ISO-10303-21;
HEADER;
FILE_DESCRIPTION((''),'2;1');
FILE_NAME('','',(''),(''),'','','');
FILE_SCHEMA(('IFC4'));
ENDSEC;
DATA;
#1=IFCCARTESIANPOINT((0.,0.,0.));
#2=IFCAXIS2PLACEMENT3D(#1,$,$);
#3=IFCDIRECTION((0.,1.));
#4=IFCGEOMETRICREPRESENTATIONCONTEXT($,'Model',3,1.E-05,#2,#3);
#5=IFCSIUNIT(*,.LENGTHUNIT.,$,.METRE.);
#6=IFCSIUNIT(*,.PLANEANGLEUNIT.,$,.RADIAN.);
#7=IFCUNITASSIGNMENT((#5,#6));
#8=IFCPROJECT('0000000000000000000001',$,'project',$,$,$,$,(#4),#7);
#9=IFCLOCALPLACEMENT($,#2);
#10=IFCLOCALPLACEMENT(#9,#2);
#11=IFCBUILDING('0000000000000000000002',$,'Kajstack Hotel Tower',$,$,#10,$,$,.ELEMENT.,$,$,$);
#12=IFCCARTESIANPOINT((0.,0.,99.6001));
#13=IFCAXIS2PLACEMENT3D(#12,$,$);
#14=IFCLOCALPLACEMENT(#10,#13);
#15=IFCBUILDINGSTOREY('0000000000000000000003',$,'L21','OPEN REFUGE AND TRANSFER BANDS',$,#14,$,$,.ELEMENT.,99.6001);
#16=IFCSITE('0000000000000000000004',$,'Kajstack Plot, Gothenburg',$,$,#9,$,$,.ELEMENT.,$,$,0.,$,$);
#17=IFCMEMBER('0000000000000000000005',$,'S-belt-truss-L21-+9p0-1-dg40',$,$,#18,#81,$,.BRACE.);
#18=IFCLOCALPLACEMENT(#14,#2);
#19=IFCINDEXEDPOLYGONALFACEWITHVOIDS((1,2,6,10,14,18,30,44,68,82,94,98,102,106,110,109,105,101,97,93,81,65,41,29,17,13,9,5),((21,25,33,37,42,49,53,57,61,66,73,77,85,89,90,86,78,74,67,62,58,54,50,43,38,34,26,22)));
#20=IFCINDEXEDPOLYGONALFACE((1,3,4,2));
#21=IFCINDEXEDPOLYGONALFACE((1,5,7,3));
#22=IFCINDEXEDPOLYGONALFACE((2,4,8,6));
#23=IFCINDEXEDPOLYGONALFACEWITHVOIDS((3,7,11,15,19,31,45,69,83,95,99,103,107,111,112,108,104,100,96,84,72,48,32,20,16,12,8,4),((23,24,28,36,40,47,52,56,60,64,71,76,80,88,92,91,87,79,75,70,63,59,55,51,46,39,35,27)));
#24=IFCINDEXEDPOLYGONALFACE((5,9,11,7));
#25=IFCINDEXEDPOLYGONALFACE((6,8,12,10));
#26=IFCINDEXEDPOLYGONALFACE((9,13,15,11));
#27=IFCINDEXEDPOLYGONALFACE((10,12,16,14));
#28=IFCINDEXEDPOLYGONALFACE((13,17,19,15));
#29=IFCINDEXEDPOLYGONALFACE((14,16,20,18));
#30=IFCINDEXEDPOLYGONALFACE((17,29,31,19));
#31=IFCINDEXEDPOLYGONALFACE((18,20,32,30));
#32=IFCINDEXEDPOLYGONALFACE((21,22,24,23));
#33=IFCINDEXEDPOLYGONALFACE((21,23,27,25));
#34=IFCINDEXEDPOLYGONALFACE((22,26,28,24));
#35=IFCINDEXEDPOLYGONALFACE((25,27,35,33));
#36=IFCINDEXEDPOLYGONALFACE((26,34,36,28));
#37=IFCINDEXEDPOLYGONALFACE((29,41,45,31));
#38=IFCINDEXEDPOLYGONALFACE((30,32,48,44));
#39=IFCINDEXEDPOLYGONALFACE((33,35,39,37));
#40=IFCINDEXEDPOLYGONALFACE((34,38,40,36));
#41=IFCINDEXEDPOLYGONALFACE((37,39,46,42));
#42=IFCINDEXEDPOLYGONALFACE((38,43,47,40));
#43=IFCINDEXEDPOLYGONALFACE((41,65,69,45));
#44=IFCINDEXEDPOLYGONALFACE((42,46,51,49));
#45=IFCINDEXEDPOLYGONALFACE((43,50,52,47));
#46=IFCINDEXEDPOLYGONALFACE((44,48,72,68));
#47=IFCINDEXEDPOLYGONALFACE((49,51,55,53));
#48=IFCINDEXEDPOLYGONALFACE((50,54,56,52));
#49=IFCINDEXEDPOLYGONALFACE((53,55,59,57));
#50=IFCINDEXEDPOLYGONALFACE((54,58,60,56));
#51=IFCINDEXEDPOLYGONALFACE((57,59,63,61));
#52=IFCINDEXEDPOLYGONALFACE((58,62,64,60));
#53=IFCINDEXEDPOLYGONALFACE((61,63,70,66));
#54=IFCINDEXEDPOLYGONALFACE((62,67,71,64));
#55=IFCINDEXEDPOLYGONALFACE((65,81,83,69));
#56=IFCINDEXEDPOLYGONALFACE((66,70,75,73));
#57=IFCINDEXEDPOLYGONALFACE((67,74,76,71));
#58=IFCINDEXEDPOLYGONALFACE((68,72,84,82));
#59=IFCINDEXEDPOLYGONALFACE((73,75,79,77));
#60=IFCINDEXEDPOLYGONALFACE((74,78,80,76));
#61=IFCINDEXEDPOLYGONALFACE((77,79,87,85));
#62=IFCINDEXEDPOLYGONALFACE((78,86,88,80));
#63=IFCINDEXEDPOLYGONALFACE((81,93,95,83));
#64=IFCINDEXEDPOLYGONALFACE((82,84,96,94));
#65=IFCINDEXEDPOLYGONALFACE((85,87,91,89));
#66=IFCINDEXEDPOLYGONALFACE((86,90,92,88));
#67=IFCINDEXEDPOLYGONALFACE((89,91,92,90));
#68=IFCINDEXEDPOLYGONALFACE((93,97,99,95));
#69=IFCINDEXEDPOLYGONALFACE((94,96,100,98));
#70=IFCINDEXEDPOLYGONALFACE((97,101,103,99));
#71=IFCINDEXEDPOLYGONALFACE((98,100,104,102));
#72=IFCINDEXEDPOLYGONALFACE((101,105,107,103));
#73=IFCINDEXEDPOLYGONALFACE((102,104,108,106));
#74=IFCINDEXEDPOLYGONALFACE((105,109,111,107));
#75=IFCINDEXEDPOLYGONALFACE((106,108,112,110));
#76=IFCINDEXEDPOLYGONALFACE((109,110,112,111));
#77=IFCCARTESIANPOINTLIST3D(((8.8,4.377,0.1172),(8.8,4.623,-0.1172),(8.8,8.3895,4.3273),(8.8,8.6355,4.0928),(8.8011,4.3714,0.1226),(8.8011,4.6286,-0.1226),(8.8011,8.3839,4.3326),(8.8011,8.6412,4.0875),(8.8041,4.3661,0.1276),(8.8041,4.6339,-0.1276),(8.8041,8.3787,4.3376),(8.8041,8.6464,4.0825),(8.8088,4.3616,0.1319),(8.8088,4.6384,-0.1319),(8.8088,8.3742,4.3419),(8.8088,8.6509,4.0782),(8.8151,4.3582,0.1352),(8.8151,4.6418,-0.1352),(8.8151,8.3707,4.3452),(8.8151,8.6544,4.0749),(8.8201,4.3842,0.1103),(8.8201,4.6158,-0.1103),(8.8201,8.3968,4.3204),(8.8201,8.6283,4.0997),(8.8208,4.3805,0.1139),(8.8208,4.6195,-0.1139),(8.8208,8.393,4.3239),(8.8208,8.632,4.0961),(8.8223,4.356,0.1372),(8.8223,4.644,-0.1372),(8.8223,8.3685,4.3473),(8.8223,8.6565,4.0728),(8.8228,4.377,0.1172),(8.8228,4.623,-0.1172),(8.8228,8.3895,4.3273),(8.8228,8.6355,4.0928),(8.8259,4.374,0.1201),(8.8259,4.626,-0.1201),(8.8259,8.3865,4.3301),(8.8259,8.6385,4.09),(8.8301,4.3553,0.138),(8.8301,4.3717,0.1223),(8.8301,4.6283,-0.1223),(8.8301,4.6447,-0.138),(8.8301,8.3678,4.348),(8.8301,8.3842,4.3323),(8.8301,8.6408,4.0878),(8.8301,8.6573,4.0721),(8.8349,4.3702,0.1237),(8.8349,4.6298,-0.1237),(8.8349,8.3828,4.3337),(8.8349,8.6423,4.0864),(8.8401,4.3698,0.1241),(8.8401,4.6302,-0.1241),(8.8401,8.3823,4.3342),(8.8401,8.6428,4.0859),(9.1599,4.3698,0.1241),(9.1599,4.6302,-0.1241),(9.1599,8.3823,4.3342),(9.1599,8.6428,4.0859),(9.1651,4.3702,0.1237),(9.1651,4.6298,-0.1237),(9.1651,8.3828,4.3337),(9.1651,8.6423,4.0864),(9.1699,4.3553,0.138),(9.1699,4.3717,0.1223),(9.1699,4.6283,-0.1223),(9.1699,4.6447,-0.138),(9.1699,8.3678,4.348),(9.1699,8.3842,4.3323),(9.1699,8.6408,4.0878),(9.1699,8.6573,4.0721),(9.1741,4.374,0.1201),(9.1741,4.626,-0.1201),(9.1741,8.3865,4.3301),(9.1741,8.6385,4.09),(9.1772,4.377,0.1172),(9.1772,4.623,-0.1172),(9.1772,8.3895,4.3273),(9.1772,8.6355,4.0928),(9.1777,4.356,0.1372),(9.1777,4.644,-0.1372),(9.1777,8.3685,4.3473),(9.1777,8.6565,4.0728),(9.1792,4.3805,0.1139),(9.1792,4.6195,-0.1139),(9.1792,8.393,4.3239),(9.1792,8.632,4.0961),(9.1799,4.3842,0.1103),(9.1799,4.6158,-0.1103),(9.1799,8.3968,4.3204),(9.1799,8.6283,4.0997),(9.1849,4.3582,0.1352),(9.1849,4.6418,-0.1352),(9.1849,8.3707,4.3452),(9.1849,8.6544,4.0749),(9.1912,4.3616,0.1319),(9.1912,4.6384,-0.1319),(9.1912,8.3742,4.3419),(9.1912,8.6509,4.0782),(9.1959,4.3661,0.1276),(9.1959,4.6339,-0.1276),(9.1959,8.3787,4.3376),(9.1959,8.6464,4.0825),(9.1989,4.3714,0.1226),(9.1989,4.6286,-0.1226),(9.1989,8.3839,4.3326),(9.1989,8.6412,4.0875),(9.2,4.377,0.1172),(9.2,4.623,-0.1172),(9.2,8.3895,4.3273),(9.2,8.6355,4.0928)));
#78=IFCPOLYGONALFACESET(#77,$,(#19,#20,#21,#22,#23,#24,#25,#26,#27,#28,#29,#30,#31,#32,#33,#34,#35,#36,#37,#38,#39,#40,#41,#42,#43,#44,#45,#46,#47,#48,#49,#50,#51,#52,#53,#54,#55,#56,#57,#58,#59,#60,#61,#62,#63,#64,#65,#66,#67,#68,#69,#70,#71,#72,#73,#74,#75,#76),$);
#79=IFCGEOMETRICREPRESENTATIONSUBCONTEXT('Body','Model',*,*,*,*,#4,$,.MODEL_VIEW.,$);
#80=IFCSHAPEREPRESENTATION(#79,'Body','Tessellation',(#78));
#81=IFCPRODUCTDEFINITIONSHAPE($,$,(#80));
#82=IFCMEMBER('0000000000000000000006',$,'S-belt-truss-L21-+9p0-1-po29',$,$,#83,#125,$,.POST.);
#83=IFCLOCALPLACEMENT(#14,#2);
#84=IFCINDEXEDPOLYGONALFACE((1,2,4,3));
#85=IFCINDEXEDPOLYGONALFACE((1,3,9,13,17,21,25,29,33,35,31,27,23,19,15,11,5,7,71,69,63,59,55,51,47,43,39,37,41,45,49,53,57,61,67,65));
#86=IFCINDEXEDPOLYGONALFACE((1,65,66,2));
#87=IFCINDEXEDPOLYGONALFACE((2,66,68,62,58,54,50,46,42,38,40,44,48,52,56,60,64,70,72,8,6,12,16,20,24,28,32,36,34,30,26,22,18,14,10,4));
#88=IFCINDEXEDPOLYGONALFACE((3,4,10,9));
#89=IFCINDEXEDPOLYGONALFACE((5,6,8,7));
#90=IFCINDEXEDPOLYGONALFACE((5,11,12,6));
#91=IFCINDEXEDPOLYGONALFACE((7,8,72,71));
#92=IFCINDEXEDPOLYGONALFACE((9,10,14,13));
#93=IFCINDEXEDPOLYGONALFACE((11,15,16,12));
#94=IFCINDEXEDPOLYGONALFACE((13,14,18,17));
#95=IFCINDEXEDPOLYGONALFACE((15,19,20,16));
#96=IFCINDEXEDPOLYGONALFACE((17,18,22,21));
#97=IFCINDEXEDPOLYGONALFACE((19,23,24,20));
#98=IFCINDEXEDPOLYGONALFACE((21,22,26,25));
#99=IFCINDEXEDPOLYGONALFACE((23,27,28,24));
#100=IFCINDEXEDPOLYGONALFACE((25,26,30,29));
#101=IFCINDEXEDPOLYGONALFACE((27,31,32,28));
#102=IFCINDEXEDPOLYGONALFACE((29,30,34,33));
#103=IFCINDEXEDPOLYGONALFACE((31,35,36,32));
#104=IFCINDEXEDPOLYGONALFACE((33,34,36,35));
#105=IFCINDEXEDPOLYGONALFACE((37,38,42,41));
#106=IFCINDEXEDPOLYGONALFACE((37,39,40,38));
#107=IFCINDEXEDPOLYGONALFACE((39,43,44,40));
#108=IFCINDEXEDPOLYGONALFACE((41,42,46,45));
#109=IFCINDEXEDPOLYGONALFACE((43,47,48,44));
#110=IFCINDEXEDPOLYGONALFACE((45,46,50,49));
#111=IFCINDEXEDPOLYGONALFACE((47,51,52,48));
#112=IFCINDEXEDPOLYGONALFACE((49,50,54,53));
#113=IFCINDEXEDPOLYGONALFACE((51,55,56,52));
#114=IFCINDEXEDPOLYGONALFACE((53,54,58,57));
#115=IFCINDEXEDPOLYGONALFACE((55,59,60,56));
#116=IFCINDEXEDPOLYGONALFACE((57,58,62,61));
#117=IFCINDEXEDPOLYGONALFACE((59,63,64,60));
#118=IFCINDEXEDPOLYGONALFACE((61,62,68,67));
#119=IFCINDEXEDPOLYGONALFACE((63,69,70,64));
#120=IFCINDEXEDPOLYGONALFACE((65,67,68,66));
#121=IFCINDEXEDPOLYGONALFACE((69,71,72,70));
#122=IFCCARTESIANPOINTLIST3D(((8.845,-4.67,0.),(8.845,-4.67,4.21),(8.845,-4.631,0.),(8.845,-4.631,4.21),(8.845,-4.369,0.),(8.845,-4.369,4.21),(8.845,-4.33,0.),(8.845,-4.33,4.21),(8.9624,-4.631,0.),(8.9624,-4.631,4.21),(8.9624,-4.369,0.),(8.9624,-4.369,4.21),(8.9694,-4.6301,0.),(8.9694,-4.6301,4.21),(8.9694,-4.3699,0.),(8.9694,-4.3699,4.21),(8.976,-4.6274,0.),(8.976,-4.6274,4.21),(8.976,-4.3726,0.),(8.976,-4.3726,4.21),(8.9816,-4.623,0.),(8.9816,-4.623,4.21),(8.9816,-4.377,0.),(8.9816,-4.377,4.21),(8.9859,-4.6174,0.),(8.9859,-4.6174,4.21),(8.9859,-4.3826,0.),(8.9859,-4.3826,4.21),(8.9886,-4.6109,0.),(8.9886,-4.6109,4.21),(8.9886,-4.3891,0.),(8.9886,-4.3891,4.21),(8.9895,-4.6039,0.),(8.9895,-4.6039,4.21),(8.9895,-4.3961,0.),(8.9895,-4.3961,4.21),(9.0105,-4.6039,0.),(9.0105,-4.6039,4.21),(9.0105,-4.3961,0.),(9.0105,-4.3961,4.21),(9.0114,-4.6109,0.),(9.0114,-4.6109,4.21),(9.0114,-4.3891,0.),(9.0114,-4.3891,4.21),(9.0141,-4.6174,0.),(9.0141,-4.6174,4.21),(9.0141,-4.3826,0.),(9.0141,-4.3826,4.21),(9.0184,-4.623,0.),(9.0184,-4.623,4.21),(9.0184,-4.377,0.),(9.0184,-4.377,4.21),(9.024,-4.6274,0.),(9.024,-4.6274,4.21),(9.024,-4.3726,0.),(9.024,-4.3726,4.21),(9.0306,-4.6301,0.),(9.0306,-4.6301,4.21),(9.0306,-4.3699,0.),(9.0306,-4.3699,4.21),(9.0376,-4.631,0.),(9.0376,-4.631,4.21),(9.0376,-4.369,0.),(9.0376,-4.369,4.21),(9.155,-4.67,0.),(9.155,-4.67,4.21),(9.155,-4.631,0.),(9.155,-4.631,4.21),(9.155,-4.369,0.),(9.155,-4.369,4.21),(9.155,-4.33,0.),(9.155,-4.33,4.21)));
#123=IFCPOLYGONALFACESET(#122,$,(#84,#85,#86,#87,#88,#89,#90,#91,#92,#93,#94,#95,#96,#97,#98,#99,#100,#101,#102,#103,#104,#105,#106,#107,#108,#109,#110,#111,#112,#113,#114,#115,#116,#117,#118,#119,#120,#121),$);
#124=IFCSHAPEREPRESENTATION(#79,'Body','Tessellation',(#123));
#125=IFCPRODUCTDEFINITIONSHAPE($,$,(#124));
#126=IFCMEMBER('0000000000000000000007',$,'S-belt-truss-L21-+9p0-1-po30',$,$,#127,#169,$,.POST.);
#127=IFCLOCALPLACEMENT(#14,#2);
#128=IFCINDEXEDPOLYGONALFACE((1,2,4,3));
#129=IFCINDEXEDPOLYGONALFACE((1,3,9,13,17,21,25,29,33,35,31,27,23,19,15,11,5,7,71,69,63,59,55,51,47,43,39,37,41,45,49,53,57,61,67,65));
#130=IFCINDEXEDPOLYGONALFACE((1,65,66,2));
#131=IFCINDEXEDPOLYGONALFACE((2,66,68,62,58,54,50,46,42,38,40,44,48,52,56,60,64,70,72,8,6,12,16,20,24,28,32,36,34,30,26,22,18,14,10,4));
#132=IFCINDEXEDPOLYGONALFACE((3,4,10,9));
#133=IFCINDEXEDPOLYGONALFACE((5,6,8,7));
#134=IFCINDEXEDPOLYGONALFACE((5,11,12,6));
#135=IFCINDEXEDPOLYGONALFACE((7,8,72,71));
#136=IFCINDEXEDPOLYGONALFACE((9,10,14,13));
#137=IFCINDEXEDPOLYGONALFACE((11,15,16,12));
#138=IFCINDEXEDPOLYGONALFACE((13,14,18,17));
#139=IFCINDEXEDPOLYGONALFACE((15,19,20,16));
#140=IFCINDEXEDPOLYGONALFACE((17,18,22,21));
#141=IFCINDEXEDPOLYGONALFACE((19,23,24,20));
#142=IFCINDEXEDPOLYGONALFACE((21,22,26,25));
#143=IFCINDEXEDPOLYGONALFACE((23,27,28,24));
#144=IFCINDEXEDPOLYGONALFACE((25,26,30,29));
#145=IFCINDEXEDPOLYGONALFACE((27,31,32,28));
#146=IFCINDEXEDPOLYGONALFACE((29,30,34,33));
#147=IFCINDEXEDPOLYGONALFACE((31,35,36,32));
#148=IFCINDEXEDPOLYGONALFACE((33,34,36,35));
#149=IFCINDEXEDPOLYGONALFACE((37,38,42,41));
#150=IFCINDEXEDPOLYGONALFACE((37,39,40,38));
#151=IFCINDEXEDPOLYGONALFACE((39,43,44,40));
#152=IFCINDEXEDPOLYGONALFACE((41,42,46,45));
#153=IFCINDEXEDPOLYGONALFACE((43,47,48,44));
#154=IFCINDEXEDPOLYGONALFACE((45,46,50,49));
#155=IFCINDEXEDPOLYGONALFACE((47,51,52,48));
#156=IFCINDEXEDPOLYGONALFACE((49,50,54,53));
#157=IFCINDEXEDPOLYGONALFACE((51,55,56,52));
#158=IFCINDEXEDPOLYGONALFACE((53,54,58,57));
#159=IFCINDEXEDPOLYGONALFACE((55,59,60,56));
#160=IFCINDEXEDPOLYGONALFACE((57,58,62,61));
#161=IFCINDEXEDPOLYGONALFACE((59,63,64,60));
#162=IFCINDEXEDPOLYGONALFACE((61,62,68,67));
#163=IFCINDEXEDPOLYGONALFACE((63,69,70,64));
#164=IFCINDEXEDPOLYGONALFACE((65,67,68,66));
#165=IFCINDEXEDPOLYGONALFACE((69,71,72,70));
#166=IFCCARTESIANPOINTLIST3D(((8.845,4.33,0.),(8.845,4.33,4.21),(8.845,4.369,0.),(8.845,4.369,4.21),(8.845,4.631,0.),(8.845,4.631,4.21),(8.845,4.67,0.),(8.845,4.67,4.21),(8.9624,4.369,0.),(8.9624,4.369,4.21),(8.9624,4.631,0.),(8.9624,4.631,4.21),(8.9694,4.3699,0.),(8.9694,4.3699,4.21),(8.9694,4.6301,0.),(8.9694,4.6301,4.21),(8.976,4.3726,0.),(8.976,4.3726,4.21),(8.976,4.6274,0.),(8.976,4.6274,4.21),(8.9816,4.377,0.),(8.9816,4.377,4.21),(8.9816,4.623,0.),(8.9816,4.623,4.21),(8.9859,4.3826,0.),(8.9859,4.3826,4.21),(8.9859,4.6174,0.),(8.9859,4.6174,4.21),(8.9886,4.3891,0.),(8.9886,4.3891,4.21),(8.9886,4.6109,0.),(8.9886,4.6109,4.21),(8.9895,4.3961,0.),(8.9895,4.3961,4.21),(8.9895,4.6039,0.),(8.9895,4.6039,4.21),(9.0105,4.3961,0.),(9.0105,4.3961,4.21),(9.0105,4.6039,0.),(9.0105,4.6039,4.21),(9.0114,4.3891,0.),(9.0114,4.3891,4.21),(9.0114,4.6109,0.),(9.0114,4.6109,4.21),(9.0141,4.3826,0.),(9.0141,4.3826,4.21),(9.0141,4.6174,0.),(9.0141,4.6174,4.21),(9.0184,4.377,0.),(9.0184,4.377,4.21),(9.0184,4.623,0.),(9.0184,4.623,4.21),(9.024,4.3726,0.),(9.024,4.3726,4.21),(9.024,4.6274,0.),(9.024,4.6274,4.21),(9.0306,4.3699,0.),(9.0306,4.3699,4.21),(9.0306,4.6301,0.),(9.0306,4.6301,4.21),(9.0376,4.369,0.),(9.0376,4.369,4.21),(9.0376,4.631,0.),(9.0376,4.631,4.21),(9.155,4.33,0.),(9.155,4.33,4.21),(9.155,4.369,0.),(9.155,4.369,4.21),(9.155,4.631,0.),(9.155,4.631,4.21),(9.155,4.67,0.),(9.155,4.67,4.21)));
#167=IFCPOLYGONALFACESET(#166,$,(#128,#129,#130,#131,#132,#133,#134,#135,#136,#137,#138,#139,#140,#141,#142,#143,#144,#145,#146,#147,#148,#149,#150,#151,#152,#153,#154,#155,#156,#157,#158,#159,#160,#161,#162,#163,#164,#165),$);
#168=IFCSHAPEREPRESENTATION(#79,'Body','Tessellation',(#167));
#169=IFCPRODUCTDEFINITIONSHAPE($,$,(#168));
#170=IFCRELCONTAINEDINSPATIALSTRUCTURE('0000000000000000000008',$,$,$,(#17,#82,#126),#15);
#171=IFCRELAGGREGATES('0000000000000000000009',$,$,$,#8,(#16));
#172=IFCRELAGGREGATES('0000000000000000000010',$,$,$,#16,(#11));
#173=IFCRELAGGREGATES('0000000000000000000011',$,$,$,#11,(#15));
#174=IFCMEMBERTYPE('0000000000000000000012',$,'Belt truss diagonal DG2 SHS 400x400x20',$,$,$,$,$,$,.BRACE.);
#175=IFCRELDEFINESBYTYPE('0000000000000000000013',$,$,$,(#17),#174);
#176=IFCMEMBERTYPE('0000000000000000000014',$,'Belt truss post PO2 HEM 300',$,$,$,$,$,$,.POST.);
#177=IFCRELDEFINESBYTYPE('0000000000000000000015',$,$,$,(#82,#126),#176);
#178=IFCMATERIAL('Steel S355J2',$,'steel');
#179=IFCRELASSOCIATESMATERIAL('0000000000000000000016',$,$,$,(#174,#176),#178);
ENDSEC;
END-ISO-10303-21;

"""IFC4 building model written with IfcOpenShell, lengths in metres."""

from ifc_helpers import new_model, si_unit, direction, frame, origin, origin_2d, place, context, subcontext, project, spatial, hollow_rectangle, i_section, extrude, material, material_profile, profile_set, type_object, element, save


model = new_model("IFC4")

# Units and contexts
model_context = context("Model", 3, precision=1e-05, world=origin(), true_north=direction((0.0, 1.0)))
body_context = subcontext(model_context, "Body", "Model", "MODEL_VIEW")
ifc_project = project(units=[si_unit("LENGTHUNIT", "METRE"), si_unit("PLANEANGLEUNIT", "RADIAN")], contexts=[model_context])

# Site, building, storey
site_placement = place(None, origin())
site = spatial("IfcSite", under=ifc_project, at=site_placement, Name="Kajstack Plot, Gothenburg", CompositionType="ELEMENT", RefElevation=0.0)
building_placement = place(site_placement, origin())
building = spatial("IfcBuilding", under=site, at=building_placement, Name="Kajstack Hotel Tower", CompositionType="ELEMENT")
storey_placement = place(building_placement, frame((0.0, 0.0, 99.6001)))
storey = spatial("IfcBuildingStorey", under=building, at=storey_placement, Name="L21", Description="OPEN REFUGE AND TRANSFER BANDS", CompositionType="ELEMENT", Elevation=99.6001)

# Members
ifc_material_1 = material(Name="Steel S355J2", Category="steel")
ifc_material_profile_1 = material_profile(ifc_material_1, hollow_rectangle(XDim=0.3999, YDim=0.3999, WallThickness=0.02, InnerFilletRadius=0.02, OuterFilletRadius=0.03, at=origin_2d()), Name="SHS 400x400x20")
ifc_profile_set_1 = profile_set([ifc_material_profile_1], Name="Steel S355J2")
member_type_1 = type_object("IfcMemberType", Name="Belt truss diagonal DG2 SHS 400x400x20", PredefinedType="BRACE", material=ifc_profile_set_1)
member_1_placement = place(storey_placement, frame((9.0, 4.5, 0.0), z_axis=(0.0, 0.689922, 0.723883), x_axis=(-1.0, 0.0, 0.0)))
element("IfcMember", 1, at=member_1_placement, inside=storey, type_object=member_type_1, Name="S-belt-truss-L21-+9p0-1-dg40", PredefinedType="BRACE", context=body_context, shape_type="SweptSolid", body=[
    extrude(hollow_rectangle(XDim=0.3999, YDim=0.3999, WallThickness=0.02, InnerFilletRadius=0.02, OuterFilletRadius=0.03, at=origin_2d()), origin(), (0.0, 0.0, 1.0), 5.8159),
])
ifc_material_profile_2 = material_profile(ifc_material_1, i_section(OverallWidth=0.3101, OverallDepth=0.3401, WebThickness=0.021, FlangeThickness=0.0391, FilletRadius=0.0271, at=origin_2d()), Name="HEM 300")
ifc_profile_set_2 = profile_set([ifc_material_profile_2], Name="Steel S355J2")
member_type_2 = type_object("IfcMemberType", Name="Belt truss post PO2 HEM 300", PredefinedType="POST", material=ifc_profile_set_2)
for number, where, z_axis, x_axis, name in (
    (2, (9.0, -4.5, 0.0), (0.0, 0.0, 1.0), (1.0, 0.0, 0.0), "S-belt-truss-L21-+9p0-1-po29"),
    (3, (9.0, 4.5, 0.0), (0.0, 0.0, 1.0), (1.0, 0.0, 0.0), "S-belt-truss-L21-+9p0-1-po30"),
):
    element("IfcMember", number, at=place(storey_placement, frame(where, z_axis=z_axis, x_axis=x_axis)), inside=storey, type_object=member_type_2, Name=name, PredefinedType="POST", context=body_context, shape_type="SweptSolid", body=[
        extrude(i_section(OverallWidth=0.3101, OverallDepth=0.3401, WebThickness=0.021, FlangeThickness=0.0391, FilletRadius=0.0271, at=origin_2d()), origin(), (0.0, 0.0, 1.0), 4.21),
    ])

save(model, "model.ifc")
